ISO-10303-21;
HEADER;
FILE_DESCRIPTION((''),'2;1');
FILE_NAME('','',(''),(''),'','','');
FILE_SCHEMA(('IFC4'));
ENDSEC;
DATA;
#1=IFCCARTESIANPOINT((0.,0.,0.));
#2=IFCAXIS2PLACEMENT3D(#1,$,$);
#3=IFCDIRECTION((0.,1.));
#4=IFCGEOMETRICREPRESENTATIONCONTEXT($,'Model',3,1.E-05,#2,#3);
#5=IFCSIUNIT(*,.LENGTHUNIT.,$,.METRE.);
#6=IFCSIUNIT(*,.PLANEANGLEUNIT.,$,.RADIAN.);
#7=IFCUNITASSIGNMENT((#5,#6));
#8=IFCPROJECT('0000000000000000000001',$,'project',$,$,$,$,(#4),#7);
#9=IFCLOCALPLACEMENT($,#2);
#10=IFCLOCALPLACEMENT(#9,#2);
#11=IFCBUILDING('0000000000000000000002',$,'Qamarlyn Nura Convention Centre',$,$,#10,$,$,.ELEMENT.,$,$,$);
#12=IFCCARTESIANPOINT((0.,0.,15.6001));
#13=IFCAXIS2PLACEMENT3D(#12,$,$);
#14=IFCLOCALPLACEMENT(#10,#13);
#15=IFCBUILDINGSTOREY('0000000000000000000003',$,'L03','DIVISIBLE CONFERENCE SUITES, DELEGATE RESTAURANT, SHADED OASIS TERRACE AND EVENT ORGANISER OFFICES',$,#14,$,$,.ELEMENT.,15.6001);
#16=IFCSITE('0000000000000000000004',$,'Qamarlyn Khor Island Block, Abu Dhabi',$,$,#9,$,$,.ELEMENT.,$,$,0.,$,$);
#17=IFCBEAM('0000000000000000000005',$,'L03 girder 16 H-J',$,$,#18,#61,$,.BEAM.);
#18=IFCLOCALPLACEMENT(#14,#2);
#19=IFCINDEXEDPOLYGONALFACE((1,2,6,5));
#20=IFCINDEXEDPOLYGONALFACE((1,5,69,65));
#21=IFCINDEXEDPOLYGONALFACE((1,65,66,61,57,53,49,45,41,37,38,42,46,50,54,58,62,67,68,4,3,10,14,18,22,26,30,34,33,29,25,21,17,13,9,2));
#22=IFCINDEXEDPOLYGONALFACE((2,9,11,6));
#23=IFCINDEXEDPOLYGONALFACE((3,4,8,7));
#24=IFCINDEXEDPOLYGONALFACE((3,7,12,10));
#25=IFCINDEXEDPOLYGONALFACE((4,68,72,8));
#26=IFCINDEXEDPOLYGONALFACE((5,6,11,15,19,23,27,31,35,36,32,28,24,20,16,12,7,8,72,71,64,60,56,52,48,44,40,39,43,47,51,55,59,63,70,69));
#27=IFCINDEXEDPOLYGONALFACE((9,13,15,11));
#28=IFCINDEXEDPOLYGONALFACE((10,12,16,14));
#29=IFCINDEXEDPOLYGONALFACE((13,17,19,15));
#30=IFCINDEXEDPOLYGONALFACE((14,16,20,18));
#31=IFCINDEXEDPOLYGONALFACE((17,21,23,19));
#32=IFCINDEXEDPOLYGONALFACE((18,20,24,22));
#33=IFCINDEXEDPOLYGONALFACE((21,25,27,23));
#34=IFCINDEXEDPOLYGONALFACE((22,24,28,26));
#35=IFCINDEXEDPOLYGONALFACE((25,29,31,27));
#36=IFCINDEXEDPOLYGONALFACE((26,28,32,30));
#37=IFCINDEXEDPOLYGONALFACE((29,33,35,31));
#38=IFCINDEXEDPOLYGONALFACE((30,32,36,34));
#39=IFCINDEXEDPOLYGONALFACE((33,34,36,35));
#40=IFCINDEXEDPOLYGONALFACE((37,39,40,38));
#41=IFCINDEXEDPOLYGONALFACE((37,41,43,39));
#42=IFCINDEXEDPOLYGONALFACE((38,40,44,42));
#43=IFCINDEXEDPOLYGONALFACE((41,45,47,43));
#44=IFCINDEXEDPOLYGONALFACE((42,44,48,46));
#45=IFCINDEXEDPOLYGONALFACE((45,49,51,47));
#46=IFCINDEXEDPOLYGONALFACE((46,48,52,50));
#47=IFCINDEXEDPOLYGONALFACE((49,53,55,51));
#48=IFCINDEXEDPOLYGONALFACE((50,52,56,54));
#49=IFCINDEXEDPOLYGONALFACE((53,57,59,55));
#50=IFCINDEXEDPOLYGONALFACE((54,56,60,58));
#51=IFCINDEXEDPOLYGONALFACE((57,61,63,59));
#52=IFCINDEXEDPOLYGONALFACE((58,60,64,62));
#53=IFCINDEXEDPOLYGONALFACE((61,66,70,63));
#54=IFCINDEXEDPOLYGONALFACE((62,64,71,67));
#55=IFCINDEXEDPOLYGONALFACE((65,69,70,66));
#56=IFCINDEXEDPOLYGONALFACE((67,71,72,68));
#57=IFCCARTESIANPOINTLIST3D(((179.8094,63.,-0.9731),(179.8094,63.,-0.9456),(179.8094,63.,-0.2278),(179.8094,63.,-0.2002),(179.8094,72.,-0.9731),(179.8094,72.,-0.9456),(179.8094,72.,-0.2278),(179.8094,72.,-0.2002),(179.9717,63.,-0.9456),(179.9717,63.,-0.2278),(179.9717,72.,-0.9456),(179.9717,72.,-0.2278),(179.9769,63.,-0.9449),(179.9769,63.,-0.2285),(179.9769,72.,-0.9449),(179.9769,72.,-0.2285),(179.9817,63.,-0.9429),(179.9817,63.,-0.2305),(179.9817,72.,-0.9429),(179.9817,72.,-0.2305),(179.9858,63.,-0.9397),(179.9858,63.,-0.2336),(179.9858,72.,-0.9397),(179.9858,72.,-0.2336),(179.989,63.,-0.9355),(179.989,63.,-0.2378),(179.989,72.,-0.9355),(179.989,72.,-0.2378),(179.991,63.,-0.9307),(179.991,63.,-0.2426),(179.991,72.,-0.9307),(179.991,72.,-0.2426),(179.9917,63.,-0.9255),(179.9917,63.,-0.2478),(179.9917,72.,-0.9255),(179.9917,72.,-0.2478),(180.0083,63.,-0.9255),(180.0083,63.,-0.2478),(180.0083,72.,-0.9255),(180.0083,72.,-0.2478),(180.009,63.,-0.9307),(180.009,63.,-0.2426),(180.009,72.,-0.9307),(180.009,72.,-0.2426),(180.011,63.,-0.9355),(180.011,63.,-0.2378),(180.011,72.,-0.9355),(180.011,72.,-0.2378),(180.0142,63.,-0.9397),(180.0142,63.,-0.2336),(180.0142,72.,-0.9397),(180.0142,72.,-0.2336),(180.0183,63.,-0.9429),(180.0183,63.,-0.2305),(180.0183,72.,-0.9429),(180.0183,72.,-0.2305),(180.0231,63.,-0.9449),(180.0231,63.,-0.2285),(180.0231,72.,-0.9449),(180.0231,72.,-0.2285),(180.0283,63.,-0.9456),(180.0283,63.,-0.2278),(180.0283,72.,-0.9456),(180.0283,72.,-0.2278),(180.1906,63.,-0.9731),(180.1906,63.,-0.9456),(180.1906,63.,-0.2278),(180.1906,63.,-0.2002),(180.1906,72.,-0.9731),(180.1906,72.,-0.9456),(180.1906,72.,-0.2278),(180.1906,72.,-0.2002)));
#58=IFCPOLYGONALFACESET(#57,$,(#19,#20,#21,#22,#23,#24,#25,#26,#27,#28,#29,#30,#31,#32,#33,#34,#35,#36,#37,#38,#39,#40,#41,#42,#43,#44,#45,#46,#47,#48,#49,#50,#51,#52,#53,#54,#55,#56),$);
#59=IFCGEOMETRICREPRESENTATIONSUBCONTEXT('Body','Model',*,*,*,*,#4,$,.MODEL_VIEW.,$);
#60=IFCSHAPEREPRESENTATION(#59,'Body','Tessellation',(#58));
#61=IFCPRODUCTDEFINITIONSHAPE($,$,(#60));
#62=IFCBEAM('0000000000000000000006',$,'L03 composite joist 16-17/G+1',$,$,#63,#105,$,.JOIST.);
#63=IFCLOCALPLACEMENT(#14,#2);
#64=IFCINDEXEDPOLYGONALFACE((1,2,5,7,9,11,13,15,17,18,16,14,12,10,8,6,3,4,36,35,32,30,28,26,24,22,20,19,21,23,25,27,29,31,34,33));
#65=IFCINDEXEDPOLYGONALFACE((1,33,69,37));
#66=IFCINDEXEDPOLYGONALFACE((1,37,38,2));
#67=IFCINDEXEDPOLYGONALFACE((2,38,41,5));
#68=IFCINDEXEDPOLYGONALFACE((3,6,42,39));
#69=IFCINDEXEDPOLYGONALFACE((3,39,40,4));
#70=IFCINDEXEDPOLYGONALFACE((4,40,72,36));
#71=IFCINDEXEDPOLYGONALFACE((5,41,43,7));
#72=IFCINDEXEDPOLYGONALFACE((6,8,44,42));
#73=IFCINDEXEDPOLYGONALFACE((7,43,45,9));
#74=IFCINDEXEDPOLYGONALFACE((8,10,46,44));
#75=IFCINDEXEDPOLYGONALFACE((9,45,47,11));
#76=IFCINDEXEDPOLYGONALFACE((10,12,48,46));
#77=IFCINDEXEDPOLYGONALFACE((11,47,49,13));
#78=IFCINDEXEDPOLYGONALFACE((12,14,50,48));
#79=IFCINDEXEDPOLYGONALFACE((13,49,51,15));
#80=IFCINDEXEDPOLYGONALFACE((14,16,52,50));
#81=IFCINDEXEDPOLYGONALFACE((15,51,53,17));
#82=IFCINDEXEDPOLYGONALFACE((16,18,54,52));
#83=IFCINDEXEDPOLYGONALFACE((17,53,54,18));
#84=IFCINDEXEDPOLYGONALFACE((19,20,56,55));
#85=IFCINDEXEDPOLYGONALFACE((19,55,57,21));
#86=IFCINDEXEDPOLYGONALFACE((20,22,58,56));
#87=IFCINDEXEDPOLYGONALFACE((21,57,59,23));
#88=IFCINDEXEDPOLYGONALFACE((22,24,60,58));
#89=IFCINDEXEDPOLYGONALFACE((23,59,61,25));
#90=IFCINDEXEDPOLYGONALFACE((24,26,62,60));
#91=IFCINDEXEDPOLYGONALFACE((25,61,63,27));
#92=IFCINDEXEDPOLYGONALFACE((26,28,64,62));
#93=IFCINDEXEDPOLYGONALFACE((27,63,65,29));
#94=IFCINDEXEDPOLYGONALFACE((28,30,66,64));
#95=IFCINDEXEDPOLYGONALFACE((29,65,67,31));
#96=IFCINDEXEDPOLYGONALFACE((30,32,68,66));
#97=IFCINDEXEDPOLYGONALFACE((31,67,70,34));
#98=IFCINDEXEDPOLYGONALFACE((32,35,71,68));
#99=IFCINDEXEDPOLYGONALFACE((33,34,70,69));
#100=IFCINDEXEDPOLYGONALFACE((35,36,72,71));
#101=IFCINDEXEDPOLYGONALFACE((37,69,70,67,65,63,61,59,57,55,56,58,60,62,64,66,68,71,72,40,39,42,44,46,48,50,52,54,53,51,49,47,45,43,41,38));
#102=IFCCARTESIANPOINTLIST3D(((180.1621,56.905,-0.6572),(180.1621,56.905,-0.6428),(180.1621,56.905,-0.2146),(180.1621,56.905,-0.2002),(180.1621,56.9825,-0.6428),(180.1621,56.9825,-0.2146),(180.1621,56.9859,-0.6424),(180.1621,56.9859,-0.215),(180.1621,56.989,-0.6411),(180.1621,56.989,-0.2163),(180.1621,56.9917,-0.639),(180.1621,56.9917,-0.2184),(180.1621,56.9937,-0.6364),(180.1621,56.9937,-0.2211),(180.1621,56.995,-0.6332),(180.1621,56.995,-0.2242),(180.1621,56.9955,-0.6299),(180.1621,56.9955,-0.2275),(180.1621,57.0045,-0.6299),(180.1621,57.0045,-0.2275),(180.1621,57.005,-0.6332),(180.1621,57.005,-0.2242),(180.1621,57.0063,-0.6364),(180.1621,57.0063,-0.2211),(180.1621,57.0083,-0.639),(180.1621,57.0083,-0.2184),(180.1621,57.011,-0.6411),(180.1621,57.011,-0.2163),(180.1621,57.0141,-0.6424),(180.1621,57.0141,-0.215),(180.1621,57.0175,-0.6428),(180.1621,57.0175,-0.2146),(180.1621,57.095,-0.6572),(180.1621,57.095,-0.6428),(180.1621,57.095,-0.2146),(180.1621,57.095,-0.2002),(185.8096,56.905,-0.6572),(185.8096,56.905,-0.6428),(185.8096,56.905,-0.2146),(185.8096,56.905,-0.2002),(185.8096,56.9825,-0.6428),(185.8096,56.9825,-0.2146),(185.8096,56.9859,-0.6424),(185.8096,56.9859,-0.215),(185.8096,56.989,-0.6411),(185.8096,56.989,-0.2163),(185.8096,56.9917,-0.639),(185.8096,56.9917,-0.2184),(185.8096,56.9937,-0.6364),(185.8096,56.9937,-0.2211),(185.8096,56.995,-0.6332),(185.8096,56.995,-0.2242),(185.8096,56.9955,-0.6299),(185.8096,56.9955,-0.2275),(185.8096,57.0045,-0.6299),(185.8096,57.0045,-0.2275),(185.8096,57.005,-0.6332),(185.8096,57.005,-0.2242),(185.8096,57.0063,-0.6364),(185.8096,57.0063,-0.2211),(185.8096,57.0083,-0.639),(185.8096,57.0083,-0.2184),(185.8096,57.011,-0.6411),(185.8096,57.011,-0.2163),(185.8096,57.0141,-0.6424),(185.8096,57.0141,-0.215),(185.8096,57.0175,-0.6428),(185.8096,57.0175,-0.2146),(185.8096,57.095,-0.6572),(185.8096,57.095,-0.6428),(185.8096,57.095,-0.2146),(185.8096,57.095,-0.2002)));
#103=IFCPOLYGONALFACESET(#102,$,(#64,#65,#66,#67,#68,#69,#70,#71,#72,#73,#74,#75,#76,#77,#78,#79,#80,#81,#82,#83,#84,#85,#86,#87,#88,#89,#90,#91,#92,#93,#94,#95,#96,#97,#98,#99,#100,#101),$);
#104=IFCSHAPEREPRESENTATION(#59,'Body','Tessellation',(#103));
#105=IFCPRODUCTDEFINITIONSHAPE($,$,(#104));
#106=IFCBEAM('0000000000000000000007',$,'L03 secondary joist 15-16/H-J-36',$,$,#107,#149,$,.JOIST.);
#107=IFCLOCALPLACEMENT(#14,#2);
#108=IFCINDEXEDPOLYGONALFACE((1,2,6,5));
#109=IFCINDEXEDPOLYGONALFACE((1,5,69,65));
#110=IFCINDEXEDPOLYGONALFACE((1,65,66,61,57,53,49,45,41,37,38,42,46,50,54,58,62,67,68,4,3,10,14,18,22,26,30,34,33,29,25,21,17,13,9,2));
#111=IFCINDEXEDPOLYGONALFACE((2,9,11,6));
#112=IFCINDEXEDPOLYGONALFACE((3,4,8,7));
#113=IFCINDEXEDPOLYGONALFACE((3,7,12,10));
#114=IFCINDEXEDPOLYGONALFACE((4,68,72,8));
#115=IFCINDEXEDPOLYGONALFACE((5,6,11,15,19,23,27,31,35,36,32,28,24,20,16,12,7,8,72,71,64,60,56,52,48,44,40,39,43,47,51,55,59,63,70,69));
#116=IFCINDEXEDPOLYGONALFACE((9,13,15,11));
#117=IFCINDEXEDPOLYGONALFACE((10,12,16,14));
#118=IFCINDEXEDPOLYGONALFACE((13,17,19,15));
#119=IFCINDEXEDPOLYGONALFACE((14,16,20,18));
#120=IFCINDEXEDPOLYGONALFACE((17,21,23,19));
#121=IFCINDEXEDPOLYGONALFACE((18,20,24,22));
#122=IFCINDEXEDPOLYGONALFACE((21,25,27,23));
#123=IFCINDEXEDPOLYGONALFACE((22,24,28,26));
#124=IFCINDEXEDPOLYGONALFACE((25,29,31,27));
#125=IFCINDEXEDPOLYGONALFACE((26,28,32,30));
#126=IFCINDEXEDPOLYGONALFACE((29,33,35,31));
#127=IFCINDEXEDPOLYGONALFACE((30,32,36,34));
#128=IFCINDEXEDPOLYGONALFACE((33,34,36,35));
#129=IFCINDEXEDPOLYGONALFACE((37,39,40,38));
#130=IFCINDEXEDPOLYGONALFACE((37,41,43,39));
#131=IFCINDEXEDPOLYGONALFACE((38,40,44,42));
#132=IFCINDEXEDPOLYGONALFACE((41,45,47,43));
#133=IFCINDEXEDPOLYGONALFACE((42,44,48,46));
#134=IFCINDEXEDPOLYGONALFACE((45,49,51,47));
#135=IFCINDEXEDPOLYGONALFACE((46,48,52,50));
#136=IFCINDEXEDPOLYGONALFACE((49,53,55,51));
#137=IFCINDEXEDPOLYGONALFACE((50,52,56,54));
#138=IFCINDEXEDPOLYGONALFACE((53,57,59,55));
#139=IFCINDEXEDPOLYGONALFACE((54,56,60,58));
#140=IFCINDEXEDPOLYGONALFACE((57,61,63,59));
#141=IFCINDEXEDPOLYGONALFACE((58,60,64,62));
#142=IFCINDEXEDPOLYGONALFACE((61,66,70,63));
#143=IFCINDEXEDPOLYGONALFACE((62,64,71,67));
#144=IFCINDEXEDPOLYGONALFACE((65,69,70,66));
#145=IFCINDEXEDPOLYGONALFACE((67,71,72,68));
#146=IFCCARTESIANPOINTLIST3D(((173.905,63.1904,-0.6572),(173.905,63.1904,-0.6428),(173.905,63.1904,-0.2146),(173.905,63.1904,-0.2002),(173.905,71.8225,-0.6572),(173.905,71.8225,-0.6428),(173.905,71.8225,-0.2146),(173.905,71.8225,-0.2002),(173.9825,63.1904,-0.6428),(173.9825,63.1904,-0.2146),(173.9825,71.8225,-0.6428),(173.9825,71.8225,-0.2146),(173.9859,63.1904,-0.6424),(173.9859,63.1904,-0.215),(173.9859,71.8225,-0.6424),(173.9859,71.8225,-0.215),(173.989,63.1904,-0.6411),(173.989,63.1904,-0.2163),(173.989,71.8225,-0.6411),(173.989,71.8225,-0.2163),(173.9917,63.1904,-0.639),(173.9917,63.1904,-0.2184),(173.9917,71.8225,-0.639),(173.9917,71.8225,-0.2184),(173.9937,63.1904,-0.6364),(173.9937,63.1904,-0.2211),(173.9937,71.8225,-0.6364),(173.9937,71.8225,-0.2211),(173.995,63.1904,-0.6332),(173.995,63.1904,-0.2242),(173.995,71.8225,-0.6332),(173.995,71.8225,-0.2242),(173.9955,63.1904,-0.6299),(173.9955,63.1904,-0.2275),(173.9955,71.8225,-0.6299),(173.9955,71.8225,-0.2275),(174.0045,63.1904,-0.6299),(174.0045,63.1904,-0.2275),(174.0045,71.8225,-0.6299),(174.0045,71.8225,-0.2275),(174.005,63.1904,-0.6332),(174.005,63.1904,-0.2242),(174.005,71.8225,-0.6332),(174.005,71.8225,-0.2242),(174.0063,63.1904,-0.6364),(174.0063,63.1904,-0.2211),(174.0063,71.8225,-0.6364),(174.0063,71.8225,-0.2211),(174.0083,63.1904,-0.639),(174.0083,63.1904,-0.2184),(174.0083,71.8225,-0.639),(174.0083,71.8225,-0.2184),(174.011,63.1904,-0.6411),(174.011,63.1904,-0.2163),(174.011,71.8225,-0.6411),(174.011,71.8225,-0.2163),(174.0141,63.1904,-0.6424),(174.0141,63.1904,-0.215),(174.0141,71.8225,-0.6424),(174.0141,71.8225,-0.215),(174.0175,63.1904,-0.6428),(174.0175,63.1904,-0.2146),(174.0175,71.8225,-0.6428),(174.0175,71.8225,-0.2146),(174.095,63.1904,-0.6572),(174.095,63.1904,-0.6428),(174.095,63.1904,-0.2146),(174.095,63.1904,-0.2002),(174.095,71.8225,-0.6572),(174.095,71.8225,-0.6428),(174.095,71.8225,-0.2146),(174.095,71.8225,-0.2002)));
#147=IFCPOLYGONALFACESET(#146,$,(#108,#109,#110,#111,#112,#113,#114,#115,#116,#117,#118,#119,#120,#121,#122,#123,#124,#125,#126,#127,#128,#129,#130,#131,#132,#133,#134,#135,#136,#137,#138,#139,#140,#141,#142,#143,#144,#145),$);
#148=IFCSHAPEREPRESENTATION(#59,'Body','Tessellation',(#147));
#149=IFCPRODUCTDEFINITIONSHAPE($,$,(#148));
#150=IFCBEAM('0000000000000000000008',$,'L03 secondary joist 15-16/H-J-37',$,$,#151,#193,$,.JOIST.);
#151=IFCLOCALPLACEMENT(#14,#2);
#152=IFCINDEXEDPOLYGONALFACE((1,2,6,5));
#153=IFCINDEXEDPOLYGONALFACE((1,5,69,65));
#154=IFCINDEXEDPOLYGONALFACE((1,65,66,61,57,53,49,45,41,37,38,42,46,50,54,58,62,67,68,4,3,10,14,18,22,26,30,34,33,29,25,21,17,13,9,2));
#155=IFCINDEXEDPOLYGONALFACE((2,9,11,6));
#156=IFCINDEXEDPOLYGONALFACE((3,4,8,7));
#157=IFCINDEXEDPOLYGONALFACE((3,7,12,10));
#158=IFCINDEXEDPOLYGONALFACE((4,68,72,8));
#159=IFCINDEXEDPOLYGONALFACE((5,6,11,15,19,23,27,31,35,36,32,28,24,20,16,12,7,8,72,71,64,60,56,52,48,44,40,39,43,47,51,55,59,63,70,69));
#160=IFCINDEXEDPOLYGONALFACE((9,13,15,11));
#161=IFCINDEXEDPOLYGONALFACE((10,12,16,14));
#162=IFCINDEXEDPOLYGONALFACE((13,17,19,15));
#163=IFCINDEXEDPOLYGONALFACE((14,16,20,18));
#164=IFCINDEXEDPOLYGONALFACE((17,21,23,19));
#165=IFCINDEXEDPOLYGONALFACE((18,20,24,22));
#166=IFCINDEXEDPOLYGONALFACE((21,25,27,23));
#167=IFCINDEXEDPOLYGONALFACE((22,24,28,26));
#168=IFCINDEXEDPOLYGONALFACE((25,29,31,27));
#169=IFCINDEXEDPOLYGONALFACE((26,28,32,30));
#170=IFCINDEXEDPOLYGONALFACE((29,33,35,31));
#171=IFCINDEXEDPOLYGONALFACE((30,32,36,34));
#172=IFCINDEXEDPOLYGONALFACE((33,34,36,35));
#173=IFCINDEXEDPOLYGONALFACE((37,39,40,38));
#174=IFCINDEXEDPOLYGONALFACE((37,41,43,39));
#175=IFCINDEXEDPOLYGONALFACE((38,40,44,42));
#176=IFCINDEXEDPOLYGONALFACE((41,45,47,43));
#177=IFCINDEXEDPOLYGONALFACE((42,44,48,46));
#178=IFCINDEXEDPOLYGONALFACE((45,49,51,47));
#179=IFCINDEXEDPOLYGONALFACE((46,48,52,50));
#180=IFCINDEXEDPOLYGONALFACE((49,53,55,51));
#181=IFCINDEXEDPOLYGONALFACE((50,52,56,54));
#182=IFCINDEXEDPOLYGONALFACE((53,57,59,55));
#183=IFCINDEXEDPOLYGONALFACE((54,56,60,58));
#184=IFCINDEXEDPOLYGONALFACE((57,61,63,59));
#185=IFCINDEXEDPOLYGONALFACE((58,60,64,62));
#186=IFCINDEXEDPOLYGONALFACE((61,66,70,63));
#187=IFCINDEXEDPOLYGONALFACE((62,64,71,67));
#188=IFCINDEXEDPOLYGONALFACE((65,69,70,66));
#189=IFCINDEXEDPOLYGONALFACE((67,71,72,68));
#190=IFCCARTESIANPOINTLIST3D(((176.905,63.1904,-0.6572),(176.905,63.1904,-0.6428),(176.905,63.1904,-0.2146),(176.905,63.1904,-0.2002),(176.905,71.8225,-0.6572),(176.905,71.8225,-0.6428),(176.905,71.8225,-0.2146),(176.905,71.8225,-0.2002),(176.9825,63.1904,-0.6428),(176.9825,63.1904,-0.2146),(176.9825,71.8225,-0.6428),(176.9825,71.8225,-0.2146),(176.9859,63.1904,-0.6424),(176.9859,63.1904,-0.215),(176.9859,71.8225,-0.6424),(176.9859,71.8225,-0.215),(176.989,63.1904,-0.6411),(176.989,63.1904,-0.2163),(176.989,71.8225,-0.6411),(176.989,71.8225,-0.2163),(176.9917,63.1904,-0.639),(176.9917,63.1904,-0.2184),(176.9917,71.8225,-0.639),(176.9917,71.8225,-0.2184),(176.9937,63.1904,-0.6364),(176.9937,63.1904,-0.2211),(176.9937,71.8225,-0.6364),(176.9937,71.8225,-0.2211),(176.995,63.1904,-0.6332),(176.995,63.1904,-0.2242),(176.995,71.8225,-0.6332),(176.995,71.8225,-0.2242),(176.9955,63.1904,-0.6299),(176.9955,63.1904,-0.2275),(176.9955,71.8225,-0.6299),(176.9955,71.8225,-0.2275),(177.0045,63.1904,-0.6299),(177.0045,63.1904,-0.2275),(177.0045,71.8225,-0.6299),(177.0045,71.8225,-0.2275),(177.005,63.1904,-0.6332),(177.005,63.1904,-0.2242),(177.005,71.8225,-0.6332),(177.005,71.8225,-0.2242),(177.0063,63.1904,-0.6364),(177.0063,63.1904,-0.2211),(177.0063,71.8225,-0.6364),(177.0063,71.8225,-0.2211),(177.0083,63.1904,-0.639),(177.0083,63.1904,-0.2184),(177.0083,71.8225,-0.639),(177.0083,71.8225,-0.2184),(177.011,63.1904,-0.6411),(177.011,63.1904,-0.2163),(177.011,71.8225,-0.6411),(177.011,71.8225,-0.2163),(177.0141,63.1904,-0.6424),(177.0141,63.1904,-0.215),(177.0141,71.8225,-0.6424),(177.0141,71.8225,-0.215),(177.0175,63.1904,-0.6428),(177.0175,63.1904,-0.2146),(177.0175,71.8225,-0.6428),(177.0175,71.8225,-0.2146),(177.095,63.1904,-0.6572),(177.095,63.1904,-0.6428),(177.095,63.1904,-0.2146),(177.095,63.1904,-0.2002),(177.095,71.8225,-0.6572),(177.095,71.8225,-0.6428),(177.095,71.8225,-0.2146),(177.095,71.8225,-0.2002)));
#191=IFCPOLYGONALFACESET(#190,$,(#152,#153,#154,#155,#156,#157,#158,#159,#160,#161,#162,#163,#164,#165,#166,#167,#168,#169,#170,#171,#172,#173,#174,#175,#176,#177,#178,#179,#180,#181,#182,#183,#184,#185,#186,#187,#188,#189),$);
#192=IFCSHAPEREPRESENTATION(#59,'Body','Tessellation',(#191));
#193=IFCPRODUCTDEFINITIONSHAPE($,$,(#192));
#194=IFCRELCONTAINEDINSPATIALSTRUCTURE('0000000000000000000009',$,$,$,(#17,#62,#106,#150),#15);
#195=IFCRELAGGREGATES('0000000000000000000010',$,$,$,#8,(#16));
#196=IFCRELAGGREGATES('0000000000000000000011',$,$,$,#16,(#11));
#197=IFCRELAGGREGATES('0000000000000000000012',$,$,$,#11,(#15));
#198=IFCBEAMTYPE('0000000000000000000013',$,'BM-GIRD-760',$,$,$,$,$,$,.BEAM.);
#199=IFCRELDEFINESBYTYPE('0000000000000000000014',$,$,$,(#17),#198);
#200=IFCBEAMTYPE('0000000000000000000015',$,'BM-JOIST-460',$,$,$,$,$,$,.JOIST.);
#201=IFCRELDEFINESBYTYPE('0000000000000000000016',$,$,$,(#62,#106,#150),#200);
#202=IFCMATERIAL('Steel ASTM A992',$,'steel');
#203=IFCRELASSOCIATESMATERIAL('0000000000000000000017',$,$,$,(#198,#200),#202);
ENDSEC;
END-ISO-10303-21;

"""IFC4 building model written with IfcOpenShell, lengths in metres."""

from ifc_helpers import new_model, si_unit, direction, frame, origin, origin_2d, place, context, subcontext, project, spatial, i_section, extrude, material, material_profile, profile_set, type_object, element, save


model = new_model("IFC4")

# Units and contexts
model_context = context("Model", 3, precision=1e-05, world=origin(), true_north=direction((0.0, 1.0)))
body_context = subcontext(model_context, "Body", "Model", "MODEL_VIEW")
ifc_project = project(units=[si_unit("LENGTHUNIT", "METRE"), si_unit("PLANEANGLEUNIT", "RADIAN")], contexts=[model_context])

# Site, building, storey
site_placement = place(None, origin())
site = spatial("IfcSite", under=ifc_project, at=site_placement, Name="Qamarlyn Khor Island Block, Abu Dhabi", CompositionType="ELEMENT", RefElevation=0.0)
building_placement = place(site_placement, origin())
building = spatial("IfcBuilding", under=site, at=building_placement, Name="Qamarlyn Nura Convention Centre", CompositionType="ELEMENT")
storey_placement = place(building_placement, frame((0.0, 0.0, 15.6001)))
storey = spatial("IfcBuildingStorey", under=building, at=storey_placement, Name="L03", Description="DIVISIBLE CONFERENCE SUITES, DELEGATE RESTAURANT, SHADED OASIS TERRACE AND EVENT ORGANISER OFFICES", CompositionType="ELEMENT", Elevation=15.6001)

# Shared definitions
ifc_material_1 = material(Name="Steel ASTM A992", Category="steel")

# Beams
ifc_material_profile_1 = material_profile(ifc_material_1, i_section(OverallWidth=0.3811, OverallDepth=0.7729, WebThickness=0.0166, FlangeThickness=0.0276, FilletRadius=0.02, at=origin_2d()), Name="W760X257")
ifc_profile_set_1 = profile_set([ifc_material_profile_1], Name="Steel ASTM A992")
beam_type_1 = type_object("IfcBeamType", Name="BM-GIRD-760", PredefinedType="BEAM", material=ifc_profile_set_1)
beam_1_placement = place(storey_placement, frame((180.0, 63.0, -0.5867), z_axis=(0.0, 1.0, 0.0), x_axis=(-1.0, 0.0, 0.0)))
element("IfcBeam", 1, at=beam_1_placement, inside=storey, type_object=beam_type_1, Name="L03 girder 16 H-J", PredefinedType="BEAM", context=body_context, shape_type="SweptSolid", body=[
    extrude(i_section(OverallWidth=0.3811, OverallDepth=0.7729, WebThickness=0.0166, FlangeThickness=0.0276, FilletRadius=0.02, at=origin_2d()), origin(), (0.0, 0.0, 1.0), 9.0),
])
ifc_material_profile_2 = material_profile(ifc_material_1, i_section(OverallWidth=0.1899, OverallDepth=0.457, WebThickness=0.009, FlangeThickness=0.0144, FilletRadius=0.0129, at=origin_2d()), Name="W460X74")
ifc_profile_set_2 = profile_set([ifc_material_profile_2], Name="Steel ASTM A992")
beam_type_2 = type_object("IfcBeamType", Name="BM-JOIST-460", PredefinedType="JOIST", material=ifc_profile_set_2)
beam_2_placement = place(storey_placement, frame((180.1621, 57.0, -0.4287), z_axis=(1.0, 0.0, 0.0), x_axis=(0.0, 1.0, 0.0)))
element("IfcBeam", 2, at=beam_2_placement, inside=storey, type_object=beam_type_2, Name="L03 composite joist 16-17/G+1", PredefinedType="JOIST", context=body_context, shape_type="SweptSolid", body=[
    extrude(i_section(OverallWidth=0.1899, OverallDepth=0.457, WebThickness=0.009, FlangeThickness=0.0144, FilletRadius=0.0129, at=origin_2d()), origin(), (0.0, 0.0, 1.0), 5.6475),
])
for number, where, z_axis, x_axis, name in (
    (3, (174.0, 63.1904, -0.4287), (0.0, 1.0, 0.0), (-1.0, 0.0, 0.0), "L03 secondary joist 15-16/H-J-36"),
    (4, (177.0, 63.1904, -0.4287), (0.0, 1.0, 0.0), (-1.0, 0.0, 0.0), "L03 secondary joist 15-16/H-J-37"),
):
    element("IfcBeam", number, at=place(storey_placement, frame(where, z_axis=z_axis, x_axis=x_axis)), inside=storey, type_object=beam_type_2, Name=name, PredefinedType="JOIST", context=body_context, shape_type="SweptSolid", body=[
        extrude(i_section(OverallWidth=0.1899, OverallDepth=0.457, WebThickness=0.009, FlangeThickness=0.0144, FilletRadius=0.0129, at=origin_2d()), origin(), (0.0, 0.0, 1.0), 8.6321),
    ])

save(model, "model.ifc")
